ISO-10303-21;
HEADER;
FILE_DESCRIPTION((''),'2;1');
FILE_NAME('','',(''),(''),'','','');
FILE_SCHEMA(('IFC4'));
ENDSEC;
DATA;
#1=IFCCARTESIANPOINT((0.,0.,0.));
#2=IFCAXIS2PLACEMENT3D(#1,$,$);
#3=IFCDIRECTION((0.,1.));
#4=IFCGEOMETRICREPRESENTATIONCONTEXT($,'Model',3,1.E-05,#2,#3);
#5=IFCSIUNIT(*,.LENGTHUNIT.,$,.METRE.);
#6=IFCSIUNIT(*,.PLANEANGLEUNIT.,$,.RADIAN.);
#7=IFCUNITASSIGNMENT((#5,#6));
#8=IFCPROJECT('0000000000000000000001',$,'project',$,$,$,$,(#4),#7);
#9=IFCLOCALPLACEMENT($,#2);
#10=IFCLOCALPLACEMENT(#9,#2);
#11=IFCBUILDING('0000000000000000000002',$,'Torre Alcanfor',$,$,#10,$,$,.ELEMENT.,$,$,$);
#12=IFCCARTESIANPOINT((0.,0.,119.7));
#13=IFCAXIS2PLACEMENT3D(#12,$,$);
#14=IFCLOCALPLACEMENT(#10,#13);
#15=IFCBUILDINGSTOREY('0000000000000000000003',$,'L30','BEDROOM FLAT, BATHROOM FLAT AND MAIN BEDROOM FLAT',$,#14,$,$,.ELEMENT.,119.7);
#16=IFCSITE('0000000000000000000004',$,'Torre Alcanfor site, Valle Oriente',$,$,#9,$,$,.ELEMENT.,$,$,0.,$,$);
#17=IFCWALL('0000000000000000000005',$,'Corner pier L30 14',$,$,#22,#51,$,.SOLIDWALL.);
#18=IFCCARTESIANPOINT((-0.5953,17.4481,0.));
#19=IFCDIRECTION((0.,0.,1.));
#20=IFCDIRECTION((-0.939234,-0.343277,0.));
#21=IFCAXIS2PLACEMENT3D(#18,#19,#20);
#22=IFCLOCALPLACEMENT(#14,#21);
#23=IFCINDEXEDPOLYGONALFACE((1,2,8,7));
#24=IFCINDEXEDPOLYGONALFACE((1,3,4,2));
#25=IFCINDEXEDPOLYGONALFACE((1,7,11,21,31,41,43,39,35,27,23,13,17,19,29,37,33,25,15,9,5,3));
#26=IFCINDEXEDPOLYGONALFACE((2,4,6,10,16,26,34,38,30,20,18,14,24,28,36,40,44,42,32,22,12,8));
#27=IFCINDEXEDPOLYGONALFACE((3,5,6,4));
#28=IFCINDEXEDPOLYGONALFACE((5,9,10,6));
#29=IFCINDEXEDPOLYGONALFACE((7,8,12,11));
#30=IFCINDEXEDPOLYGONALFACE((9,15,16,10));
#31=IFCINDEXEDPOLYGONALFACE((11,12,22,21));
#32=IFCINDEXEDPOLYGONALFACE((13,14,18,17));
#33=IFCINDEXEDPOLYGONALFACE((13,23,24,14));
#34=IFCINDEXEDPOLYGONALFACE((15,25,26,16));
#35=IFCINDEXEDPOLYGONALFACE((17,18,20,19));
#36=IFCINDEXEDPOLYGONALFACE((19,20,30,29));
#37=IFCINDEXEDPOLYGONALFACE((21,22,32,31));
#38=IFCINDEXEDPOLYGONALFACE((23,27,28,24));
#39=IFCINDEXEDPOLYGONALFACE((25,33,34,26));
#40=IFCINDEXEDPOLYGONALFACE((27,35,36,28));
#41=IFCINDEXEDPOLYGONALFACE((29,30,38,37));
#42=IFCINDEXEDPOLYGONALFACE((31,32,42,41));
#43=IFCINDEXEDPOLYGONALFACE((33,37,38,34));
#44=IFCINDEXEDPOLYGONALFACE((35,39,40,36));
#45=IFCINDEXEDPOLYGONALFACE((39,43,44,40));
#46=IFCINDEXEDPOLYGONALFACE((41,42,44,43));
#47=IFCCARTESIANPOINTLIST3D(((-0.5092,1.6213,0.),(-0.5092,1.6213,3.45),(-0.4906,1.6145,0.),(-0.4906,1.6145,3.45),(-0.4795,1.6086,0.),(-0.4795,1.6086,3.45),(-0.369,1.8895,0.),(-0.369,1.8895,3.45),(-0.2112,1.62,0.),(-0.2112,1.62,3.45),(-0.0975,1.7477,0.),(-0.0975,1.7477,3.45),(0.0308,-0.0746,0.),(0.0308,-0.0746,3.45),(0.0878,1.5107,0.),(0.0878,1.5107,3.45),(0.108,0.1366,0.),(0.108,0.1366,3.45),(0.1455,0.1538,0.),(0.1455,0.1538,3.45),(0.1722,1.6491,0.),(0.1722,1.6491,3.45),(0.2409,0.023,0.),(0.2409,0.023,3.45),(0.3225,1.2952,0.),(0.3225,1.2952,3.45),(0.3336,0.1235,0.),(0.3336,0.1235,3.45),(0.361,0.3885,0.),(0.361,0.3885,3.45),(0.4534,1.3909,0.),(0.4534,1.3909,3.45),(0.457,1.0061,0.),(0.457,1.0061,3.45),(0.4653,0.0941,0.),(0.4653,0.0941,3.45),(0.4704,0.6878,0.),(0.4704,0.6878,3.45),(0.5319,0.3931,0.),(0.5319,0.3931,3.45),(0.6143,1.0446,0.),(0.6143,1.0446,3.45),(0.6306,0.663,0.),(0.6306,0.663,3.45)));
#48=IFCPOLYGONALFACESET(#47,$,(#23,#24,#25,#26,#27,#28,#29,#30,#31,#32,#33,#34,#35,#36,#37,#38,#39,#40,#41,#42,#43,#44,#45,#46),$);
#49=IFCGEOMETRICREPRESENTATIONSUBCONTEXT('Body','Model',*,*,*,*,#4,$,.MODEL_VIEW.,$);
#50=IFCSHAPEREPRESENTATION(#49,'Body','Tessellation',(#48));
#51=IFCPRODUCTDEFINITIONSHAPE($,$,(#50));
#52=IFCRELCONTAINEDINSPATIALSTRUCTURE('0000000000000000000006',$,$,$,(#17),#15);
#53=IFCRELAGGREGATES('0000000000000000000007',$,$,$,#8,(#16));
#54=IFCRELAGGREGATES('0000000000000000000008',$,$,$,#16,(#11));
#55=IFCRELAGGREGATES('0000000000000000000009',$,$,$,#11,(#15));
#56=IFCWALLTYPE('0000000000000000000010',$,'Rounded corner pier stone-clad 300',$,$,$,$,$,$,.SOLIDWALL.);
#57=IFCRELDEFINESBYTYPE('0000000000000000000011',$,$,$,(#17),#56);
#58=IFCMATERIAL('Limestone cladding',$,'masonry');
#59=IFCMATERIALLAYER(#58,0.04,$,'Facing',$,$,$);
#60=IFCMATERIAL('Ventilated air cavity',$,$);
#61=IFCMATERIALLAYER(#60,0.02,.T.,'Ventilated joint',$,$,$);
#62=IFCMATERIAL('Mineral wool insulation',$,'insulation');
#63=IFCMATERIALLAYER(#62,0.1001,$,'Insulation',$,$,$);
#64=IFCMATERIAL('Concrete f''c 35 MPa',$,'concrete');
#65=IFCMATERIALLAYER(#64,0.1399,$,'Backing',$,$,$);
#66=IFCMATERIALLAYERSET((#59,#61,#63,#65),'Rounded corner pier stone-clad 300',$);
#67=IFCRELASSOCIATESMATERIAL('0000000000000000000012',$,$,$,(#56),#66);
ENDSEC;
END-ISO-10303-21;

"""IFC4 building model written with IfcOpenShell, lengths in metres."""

from ifc_helpers import new_model, si_unit, direction, frame, origin, place, context, subcontext, project, spatial, polyline, outline, extrude, material, layer, layer_set, type_object, element, save


model = new_model("IFC4")

# Units and contexts
model_context = context("Model", 3, precision=1e-05, world=origin(), true_north=direction((0.0, 1.0)))
body_context = subcontext(model_context, "Body", "Model", "MODEL_VIEW")
ifc_project = project(units=[si_unit("LENGTHUNIT", "METRE"), si_unit("PLANEANGLEUNIT", "RADIAN")], contexts=[model_context])

# Site, building, storey
site_placement = place(None, origin())
site = spatial("IfcSite", under=ifc_project, at=site_placement, Name="Torre Alcanfor site, Valle Oriente", CompositionType="ELEMENT", RefElevation=0.0)
building_placement = place(site_placement, origin())
building = spatial("IfcBuilding", under=site, at=building_placement, Name="Torre Alcanfor", CompositionType="ELEMENT")
storey_placement = place(building_placement, frame((0.0, 0.0, 119.7)))
storey = spatial("IfcBuildingStorey", under=building, at=storey_placement, Name="L30", Description="BEDROOM FLAT, BATHROOM FLAT AND MAIN BEDROOM FLAT", CompositionType="ELEMENT", Elevation=119.7)

# Wall
ifc_material_1 = material(Name="Limestone cladding", Category="masonry")
ifc_layer_1 = layer(ifc_material_1, 0.04, Name="Facing")
ifc_material_2 = material(Name="Ventilated air cavity")
ifc_layer_2 = layer(ifc_material_2, 0.02, ventilated=True, Name="Ventilated joint")
ifc_material_3 = material(Name="Mineral wool insulation", Category="insulation")
ifc_layer_3 = layer(ifc_material_3, 0.1001, Name="Insulation")
ifc_material_4 = material(Name="Concrete f'c 35 MPa", Category="concrete")
ifc_layer_4 = layer(ifc_material_4, 0.1399, Name="Backing")
ifc_layer_set_1 = layer_set([ifc_layer_1, ifc_layer_2, ifc_layer_3, ifc_layer_4], Name="Rounded corner pier stone-clad 300")
wall_type_1 = type_object("IfcWallType", Name="Rounded corner pier stone-clad 300", PredefinedType="SOLIDWALL", material=ifc_layer_set_1)
wall_1_placement = place(storey_placement, frame((-0.5953, 17.4481, 0.0), z_axis=(0.0, 0.0, 1.0), x_axis=(-0.939234, -0.343277, 0.0)))
element("IfcWall", 1, at=wall_1_placement, inside=storey, type_object=wall_type_1, Name="Corner pier L30 14", PredefinedType="SOLIDWALL", context=body_context, shape_type="SweptSolid", body=[
    extrude(outline(polyline([(-0.369, 1.8895), (-0.5092, 1.6213), (-0.4906, 1.6145), (-0.4795, 1.6086), (-0.2112, 1.62), (0.0878, 1.5107), (0.3225, 1.2952), (0.457, 1.0061), (0.4704, 0.6878), (0.361, 0.3885), (0.1455, 0.1538), (0.108, 0.1366), (0.0308, -0.0746), (0.2409, 0.023), (0.3336, 0.1235), (0.4653, 0.0941), (0.5319, 0.3931), (0.6306, 0.663), (0.6143, 1.0446), (0.4534, 1.3909), (0.1722, 1.6491), (-0.0975, 1.7477), (-0.369, 1.8895)])), origin(), (0.0, 0.0, 1.0), 3.45),
])

save(model, "model.ifc")
